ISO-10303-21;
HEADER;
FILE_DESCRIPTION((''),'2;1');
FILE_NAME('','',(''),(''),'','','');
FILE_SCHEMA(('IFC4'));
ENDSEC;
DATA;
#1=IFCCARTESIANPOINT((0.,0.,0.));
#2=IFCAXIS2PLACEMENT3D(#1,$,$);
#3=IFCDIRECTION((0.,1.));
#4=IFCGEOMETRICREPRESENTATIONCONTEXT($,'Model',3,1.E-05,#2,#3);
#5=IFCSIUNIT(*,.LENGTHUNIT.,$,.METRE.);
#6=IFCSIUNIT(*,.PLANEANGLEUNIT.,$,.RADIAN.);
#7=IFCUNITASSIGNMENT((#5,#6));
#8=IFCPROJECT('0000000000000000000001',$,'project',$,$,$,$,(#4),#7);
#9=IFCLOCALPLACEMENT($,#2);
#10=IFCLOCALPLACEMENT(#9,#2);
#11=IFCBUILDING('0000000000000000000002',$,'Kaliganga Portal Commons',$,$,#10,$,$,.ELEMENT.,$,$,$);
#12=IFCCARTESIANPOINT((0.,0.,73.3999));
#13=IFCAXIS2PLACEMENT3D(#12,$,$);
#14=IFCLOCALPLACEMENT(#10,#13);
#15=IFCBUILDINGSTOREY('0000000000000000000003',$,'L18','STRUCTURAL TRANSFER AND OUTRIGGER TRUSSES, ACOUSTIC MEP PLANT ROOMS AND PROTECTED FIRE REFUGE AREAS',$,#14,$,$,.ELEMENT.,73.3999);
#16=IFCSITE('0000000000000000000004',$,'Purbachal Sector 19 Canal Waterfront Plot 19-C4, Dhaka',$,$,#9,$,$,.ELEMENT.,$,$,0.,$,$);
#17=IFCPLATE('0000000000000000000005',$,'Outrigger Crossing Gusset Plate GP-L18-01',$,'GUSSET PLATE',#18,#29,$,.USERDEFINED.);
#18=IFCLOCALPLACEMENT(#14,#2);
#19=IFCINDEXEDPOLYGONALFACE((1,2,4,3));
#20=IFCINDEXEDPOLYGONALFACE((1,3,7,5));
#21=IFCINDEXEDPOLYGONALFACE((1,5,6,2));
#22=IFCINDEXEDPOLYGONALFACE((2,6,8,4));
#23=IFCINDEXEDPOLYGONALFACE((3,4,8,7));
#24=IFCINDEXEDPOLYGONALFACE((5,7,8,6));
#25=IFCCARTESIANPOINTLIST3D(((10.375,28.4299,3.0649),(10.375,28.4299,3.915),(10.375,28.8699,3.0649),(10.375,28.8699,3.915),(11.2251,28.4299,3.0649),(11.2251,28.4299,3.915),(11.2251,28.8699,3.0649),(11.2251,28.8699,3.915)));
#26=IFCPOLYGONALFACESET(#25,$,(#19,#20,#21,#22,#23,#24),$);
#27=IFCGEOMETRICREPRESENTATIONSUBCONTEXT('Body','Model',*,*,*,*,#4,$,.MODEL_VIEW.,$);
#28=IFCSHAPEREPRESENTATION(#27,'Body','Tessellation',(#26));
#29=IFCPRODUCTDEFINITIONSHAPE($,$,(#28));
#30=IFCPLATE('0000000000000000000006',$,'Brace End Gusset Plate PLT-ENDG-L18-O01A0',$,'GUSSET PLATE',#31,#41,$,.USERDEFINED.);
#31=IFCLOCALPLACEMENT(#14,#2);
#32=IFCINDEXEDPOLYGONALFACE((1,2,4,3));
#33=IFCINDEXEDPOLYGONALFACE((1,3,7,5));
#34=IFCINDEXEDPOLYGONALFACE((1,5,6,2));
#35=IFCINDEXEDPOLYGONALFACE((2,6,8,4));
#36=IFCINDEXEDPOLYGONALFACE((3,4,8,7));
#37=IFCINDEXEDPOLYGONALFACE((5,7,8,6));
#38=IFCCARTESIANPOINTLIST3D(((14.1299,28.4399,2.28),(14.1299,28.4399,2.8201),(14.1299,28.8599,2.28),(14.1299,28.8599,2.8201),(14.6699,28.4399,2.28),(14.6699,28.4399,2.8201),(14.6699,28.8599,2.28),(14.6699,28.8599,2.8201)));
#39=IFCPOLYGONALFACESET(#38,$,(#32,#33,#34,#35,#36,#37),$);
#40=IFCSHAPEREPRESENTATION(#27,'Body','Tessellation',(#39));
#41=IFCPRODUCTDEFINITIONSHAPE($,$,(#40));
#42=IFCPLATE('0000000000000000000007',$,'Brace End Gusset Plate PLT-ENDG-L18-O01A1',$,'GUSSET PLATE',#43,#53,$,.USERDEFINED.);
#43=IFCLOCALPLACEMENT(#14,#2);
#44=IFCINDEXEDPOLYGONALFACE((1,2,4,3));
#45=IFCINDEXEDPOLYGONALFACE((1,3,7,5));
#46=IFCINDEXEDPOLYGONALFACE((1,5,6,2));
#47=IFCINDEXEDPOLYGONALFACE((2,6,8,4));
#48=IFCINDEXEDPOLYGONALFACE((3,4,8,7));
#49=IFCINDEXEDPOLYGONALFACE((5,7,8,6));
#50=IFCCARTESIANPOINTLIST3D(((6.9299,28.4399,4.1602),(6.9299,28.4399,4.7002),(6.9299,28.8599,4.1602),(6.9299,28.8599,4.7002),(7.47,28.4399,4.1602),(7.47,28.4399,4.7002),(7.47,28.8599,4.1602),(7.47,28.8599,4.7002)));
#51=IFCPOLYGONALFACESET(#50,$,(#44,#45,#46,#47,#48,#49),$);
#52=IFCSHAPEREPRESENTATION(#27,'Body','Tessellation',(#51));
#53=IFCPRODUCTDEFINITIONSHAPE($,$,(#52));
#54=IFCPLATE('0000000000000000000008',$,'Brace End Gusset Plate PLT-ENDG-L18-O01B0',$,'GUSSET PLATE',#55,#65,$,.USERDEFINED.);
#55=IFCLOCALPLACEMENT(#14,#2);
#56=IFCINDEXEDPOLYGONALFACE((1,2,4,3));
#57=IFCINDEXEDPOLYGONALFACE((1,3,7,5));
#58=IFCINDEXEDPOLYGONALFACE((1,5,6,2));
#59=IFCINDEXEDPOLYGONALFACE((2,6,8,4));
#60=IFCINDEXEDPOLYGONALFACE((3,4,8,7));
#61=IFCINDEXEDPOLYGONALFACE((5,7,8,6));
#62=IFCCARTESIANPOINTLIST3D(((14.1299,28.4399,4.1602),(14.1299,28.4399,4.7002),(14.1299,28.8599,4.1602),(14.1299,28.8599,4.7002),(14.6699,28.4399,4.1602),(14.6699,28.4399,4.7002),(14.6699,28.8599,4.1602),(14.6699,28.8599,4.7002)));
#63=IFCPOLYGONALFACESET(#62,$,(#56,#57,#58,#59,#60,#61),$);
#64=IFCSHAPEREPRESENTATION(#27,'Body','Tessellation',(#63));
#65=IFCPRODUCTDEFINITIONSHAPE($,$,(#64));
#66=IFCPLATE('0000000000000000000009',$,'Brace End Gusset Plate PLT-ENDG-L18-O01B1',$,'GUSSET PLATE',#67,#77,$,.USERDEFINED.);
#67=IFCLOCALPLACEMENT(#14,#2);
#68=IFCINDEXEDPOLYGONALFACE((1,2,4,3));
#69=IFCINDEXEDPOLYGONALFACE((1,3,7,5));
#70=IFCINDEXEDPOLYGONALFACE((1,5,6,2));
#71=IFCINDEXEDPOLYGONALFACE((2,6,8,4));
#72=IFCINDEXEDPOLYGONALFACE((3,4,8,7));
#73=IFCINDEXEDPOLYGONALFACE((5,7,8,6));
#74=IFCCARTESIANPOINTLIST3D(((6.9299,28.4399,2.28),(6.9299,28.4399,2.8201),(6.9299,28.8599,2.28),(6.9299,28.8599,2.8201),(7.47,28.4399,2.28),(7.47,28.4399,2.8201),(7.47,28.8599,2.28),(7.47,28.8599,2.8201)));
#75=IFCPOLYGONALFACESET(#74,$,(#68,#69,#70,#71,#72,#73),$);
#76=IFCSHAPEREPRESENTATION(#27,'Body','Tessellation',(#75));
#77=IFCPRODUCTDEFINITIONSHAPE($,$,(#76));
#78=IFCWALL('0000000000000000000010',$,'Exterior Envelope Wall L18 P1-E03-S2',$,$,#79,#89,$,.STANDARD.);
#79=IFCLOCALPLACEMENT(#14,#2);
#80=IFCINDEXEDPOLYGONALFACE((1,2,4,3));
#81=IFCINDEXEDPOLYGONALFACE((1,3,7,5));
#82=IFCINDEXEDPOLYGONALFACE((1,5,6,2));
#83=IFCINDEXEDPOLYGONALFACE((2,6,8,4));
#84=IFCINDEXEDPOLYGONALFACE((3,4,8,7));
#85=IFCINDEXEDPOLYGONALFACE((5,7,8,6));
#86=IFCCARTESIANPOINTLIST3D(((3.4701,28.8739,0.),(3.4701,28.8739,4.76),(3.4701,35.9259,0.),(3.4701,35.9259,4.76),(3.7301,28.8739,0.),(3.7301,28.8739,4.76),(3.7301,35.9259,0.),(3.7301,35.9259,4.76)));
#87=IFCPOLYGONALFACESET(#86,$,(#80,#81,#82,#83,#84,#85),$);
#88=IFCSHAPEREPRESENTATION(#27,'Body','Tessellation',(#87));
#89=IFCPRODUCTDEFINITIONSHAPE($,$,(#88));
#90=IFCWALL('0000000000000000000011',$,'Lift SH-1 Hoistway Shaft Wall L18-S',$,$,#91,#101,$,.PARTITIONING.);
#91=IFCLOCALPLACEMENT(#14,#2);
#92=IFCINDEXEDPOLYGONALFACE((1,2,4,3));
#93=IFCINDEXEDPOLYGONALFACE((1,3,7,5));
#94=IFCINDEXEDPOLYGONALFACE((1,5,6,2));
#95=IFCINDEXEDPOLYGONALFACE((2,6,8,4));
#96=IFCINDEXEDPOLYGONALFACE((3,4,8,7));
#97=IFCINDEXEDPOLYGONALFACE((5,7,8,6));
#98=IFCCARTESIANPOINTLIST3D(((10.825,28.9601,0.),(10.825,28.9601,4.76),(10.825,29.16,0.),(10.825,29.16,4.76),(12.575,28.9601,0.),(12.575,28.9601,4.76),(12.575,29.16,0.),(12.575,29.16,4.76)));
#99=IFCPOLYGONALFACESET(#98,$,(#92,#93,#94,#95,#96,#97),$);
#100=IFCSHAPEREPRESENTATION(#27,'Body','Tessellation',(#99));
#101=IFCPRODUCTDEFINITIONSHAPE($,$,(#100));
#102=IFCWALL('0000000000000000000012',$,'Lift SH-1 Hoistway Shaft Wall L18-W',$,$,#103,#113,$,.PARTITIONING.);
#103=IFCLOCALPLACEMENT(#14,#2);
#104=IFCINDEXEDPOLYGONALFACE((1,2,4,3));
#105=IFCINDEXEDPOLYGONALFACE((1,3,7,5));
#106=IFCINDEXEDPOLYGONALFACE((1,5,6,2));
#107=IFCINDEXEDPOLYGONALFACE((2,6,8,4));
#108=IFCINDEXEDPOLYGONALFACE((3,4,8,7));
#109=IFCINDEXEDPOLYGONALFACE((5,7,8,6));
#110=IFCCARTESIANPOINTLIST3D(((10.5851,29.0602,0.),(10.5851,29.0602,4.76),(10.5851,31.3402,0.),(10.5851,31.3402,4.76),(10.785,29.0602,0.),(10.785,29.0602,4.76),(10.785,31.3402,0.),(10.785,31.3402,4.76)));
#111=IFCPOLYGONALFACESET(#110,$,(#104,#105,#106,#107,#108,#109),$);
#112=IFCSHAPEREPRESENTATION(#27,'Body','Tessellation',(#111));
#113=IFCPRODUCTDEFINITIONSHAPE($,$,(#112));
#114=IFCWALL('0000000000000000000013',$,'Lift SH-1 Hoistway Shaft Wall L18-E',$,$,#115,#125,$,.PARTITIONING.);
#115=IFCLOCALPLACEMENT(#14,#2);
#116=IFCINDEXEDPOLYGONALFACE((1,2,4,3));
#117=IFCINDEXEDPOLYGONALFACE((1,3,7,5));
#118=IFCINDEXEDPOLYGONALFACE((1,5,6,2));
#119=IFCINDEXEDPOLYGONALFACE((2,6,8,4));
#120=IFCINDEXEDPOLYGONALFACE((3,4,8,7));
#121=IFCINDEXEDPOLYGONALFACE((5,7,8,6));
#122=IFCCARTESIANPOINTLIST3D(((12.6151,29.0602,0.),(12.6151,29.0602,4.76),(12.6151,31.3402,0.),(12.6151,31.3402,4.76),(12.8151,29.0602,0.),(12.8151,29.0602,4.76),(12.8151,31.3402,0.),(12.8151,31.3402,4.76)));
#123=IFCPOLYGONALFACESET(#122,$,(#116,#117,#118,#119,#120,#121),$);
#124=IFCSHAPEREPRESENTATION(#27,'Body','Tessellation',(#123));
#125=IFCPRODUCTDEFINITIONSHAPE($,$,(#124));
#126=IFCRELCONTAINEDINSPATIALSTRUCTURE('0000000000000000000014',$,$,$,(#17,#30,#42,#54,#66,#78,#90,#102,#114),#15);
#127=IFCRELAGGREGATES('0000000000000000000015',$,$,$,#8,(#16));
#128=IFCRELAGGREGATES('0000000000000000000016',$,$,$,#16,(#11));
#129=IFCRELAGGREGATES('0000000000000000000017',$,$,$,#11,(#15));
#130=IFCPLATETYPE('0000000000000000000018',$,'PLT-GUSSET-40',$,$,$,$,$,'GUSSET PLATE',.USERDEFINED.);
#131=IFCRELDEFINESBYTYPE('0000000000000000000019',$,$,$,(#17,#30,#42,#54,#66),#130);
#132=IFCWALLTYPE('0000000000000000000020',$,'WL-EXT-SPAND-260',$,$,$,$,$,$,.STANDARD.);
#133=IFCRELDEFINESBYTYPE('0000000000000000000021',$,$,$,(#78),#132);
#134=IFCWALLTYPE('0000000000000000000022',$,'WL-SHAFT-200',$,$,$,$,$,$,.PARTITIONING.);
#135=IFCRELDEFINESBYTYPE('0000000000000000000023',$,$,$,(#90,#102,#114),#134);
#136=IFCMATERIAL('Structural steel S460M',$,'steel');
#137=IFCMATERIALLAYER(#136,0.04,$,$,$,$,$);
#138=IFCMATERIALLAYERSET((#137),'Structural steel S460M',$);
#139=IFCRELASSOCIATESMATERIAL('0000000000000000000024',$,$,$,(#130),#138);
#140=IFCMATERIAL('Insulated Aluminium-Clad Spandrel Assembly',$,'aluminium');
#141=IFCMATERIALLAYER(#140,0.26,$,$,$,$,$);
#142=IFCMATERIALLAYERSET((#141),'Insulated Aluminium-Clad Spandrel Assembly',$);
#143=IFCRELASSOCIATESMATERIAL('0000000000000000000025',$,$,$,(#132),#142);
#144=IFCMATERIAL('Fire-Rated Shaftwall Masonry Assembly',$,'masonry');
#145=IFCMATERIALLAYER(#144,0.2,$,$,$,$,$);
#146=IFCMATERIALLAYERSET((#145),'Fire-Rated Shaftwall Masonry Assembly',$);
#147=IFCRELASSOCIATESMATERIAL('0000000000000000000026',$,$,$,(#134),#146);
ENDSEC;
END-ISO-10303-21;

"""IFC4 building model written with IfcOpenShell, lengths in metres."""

from ifc_helpers import new_model, si_unit, direction, frame, frame_2d, origin, origin_2d, place, context, subcontext, project, spatial, rectangle, extrude, source, transform, mapped, material, layer, layer_set, type_object, element, save


model = new_model("IFC4")

# Units and contexts
model_context = context("Model", 3, precision=1e-05, world=origin(), true_north=direction((0.0, 1.0)))
body_context = subcontext(model_context, "Body", "Model", "MODEL_VIEW")
ifc_project = project(units=[si_unit("LENGTHUNIT", "METRE"), si_unit("PLANEANGLEUNIT", "RADIAN")], contexts=[model_context])

# Site, building, storey
site_placement = place(None, origin())
site = spatial("IfcSite", under=ifc_project, at=site_placement, Name="Purbachal Sector 19 Canal Waterfront Plot 19-C4, Dhaka", CompositionType="ELEMENT", RefElevation=0.0)
building_placement = place(site_placement, origin())
building = spatial("IfcBuilding", under=site, at=building_placement, Name="Kaliganga Portal Commons", CompositionType="ELEMENT")
storey_placement = place(building_placement, frame((0.0, 0.0, 73.3999)))
storey = spatial("IfcBuildingStorey", under=building, at=storey_placement, Name="L18", Description="STRUCTURAL TRANSFER AND OUTRIGGER TRUSSES, ACOUSTIC MEP PLANT ROOMS AND PROTECTED FIRE REFUGE AREAS", CompositionType="ELEMENT", Elevation=73.3999)

# Shared definitions
ifc_material_1 = material(Name="Structural steel S460M", Category="steel")

# Plates
ifc_layer_1 = layer(ifc_material_1, 0.04)
ifc_layer_set_1 = layer_set([ifc_layer_1], Name="Structural steel S460M")
plate_type = type_object("IfcPlateType", Name="PLT-GUSSET-40", ElementType="GUSSET PLATE", PredefinedType="USERDEFINED", material=ifc_layer_set_1)
shared_shape_1 = source(origin(), body_context, "Body", "SweptSolid", [
    extrude(rectangle(XDim=0.8501, YDim=0.4399, at=origin_2d()), origin(), (0.0, 0.0, 1.0), 0.8501),
])
plate_placement = place(storey_placement, frame((10.8, 28.6499, 3.0649), z_axis=(0.0, 0.0, 1.0), x_axis=(-1.0, 0.0, 0.0)))
element("IfcPlate", 1, at=plate_placement, inside=storey, type_object=plate_type, Name="Outrigger Crossing Gusset Plate GP-L18-01", ObjectType="GUSSET PLATE", PredefinedType="USERDEFINED", context=body_context, shape_type="MappedRepresentation", body=[
    mapped(shared_shape_1, transform((0.0, 0.0, 0.0), x_axis=(1.0, 0.0, 0.0), y_axis=(0.0, 1.0, 0.0), z_axis=(0.0, 0.0, 1.0), scale=1.0)),
])
shared_shape_2 = source(origin(), body_context, "Body", "SweptSolid", [
    extrude(rectangle(XDim=0.54, YDim=0.4199, at=origin_2d()), origin(), (0.0, 0.0, 1.0), 0.54),
])
for number, where, z_axis, x_axis, name in (
    (2, (14.3999, 28.6499, 2.28), (0.0, 0.0, 1.0), (-1.0, 0.0, 0.0), "Brace End Gusset Plate PLT-ENDG-L18-O01A0"),
    (3, (7.2, 28.6499, 4.1602), (0.0, 0.0, 1.0), (-1.0, 0.0, 0.0), "Brace End Gusset Plate PLT-ENDG-L18-O01A1"),
    (4, (14.3999, 28.6499, 4.1602), (0.0, 0.0, 1.0), (-1.0, 0.0, 0.0), "Brace End Gusset Plate PLT-ENDG-L18-O01B0"),
    (5, (7.2, 28.6499, 2.28), (0.0, 0.0, 1.0), (-1.0, 0.0, 0.0), "Brace End Gusset Plate PLT-ENDG-L18-O01B1"),
):
    element("IfcPlate", number, at=place(storey_placement, frame(where, z_axis=z_axis, x_axis=x_axis)), inside=storey, type_object=plate_type, Name=name, ObjectType="GUSSET PLATE", PredefinedType="USERDEFINED", context=body_context, shape_type="MappedRepresentation", body=[
        mapped(shared_shape_2, transform((0.0, 0.0, 0.0), x_axis=(1.0, 0.0, 0.0), y_axis=(0.0, 1.0, 0.0), z_axis=(0.0, 0.0, 1.0), scale=1.0)),
    ])

# Walls
ifc_material_2 = material(Name="Insulated Aluminium-Clad Spandrel Assembly", Category="aluminium")
ifc_layer_2 = layer(ifc_material_2, 0.26)
ifc_layer_set_2 = layer_set([ifc_layer_2], Name="Insulated Aluminium-Clad Spandrel Assembly")
wall_type_1 = type_object("IfcWallType", Name="WL-EXT-SPAND-260", PredefinedType="STANDARD", material=ifc_layer_set_2)
wall_1_placement = place(storey_placement, frame((3.6001, 28.874, 0.0), z_axis=(0.0, 0.0, 1.0), x_axis=(0.0, 1.0, 0.0)))
element("IfcWall", 6, at=wall_1_placement, inside=storey, type_object=wall_type_1, Name="Exterior Envelope Wall L18 P1-E03-S2", PredefinedType="STANDARD", context=body_context, shape_type="SweptSolid", body=[
    extrude(rectangle(XDim=7.052, YDim=0.26, at=frame_2d((3.5259, 0.0))), origin(), (0.0, 0.0, 1.0), 4.76),
])
ifc_material_3 = material(Name="Fire-Rated Shaftwall Masonry Assembly", Category="masonry")
ifc_layer_3 = layer(ifc_material_3, 0.2)
ifc_layer_set_3 = layer_set([ifc_layer_3], Name="Fire-Rated Shaftwall Masonry Assembly")
wall_type_2 = type_object("IfcWallType", Name="WL-SHAFT-200", PredefinedType="PARTITIONING", material=ifc_layer_set_3)
wall_2_placement = place(storey_placement, frame((10.825, 29.0601, 0.0), z_axis=(0.0, 0.0, 1.0), x_axis=(1.0, 0.0, 0.0)))
element("IfcWall", 7, at=wall_2_placement, inside=storey, type_object=wall_type_2, Name="Lift SH-1 Hoistway Shaft Wall L18-S", PredefinedType="PARTITIONING", context=body_context, shape_type="SweptSolid", body=[
    extrude(rectangle(XDim=1.75, YDim=0.2, at=frame_2d((0.875, 0.0))), origin(), (0.0, 0.0, 1.0), 4.76),
])
for number, where, z_axis, x_axis, name in (
    (8, (10.6851, 29.0601, 0.0), (0.0, 0.0, 1.0), (0.0, 1.0, 0.0), "Lift SH-1 Hoistway Shaft Wall L18-W"),
    (9, (12.7151, 29.0601, 0.0), (0.0, 0.0, 1.0), (0.0, 1.0, 0.0), "Lift SH-1 Hoistway Shaft Wall L18-E"),
):
    element("IfcWall", number, at=place(storey_placement, frame(where, z_axis=z_axis, x_axis=x_axis)), inside=storey, type_object=wall_type_2, Name=name, PredefinedType="PARTITIONING", context=body_context, shape_type="SweptSolid", body=[
        extrude(rectangle(XDim=2.28, YDim=0.2, at=frame_2d((1.1401, 0.0))), origin(), (0.0, 0.0, 1.0), 4.76),
    ])

save(model, "model.ifc")
